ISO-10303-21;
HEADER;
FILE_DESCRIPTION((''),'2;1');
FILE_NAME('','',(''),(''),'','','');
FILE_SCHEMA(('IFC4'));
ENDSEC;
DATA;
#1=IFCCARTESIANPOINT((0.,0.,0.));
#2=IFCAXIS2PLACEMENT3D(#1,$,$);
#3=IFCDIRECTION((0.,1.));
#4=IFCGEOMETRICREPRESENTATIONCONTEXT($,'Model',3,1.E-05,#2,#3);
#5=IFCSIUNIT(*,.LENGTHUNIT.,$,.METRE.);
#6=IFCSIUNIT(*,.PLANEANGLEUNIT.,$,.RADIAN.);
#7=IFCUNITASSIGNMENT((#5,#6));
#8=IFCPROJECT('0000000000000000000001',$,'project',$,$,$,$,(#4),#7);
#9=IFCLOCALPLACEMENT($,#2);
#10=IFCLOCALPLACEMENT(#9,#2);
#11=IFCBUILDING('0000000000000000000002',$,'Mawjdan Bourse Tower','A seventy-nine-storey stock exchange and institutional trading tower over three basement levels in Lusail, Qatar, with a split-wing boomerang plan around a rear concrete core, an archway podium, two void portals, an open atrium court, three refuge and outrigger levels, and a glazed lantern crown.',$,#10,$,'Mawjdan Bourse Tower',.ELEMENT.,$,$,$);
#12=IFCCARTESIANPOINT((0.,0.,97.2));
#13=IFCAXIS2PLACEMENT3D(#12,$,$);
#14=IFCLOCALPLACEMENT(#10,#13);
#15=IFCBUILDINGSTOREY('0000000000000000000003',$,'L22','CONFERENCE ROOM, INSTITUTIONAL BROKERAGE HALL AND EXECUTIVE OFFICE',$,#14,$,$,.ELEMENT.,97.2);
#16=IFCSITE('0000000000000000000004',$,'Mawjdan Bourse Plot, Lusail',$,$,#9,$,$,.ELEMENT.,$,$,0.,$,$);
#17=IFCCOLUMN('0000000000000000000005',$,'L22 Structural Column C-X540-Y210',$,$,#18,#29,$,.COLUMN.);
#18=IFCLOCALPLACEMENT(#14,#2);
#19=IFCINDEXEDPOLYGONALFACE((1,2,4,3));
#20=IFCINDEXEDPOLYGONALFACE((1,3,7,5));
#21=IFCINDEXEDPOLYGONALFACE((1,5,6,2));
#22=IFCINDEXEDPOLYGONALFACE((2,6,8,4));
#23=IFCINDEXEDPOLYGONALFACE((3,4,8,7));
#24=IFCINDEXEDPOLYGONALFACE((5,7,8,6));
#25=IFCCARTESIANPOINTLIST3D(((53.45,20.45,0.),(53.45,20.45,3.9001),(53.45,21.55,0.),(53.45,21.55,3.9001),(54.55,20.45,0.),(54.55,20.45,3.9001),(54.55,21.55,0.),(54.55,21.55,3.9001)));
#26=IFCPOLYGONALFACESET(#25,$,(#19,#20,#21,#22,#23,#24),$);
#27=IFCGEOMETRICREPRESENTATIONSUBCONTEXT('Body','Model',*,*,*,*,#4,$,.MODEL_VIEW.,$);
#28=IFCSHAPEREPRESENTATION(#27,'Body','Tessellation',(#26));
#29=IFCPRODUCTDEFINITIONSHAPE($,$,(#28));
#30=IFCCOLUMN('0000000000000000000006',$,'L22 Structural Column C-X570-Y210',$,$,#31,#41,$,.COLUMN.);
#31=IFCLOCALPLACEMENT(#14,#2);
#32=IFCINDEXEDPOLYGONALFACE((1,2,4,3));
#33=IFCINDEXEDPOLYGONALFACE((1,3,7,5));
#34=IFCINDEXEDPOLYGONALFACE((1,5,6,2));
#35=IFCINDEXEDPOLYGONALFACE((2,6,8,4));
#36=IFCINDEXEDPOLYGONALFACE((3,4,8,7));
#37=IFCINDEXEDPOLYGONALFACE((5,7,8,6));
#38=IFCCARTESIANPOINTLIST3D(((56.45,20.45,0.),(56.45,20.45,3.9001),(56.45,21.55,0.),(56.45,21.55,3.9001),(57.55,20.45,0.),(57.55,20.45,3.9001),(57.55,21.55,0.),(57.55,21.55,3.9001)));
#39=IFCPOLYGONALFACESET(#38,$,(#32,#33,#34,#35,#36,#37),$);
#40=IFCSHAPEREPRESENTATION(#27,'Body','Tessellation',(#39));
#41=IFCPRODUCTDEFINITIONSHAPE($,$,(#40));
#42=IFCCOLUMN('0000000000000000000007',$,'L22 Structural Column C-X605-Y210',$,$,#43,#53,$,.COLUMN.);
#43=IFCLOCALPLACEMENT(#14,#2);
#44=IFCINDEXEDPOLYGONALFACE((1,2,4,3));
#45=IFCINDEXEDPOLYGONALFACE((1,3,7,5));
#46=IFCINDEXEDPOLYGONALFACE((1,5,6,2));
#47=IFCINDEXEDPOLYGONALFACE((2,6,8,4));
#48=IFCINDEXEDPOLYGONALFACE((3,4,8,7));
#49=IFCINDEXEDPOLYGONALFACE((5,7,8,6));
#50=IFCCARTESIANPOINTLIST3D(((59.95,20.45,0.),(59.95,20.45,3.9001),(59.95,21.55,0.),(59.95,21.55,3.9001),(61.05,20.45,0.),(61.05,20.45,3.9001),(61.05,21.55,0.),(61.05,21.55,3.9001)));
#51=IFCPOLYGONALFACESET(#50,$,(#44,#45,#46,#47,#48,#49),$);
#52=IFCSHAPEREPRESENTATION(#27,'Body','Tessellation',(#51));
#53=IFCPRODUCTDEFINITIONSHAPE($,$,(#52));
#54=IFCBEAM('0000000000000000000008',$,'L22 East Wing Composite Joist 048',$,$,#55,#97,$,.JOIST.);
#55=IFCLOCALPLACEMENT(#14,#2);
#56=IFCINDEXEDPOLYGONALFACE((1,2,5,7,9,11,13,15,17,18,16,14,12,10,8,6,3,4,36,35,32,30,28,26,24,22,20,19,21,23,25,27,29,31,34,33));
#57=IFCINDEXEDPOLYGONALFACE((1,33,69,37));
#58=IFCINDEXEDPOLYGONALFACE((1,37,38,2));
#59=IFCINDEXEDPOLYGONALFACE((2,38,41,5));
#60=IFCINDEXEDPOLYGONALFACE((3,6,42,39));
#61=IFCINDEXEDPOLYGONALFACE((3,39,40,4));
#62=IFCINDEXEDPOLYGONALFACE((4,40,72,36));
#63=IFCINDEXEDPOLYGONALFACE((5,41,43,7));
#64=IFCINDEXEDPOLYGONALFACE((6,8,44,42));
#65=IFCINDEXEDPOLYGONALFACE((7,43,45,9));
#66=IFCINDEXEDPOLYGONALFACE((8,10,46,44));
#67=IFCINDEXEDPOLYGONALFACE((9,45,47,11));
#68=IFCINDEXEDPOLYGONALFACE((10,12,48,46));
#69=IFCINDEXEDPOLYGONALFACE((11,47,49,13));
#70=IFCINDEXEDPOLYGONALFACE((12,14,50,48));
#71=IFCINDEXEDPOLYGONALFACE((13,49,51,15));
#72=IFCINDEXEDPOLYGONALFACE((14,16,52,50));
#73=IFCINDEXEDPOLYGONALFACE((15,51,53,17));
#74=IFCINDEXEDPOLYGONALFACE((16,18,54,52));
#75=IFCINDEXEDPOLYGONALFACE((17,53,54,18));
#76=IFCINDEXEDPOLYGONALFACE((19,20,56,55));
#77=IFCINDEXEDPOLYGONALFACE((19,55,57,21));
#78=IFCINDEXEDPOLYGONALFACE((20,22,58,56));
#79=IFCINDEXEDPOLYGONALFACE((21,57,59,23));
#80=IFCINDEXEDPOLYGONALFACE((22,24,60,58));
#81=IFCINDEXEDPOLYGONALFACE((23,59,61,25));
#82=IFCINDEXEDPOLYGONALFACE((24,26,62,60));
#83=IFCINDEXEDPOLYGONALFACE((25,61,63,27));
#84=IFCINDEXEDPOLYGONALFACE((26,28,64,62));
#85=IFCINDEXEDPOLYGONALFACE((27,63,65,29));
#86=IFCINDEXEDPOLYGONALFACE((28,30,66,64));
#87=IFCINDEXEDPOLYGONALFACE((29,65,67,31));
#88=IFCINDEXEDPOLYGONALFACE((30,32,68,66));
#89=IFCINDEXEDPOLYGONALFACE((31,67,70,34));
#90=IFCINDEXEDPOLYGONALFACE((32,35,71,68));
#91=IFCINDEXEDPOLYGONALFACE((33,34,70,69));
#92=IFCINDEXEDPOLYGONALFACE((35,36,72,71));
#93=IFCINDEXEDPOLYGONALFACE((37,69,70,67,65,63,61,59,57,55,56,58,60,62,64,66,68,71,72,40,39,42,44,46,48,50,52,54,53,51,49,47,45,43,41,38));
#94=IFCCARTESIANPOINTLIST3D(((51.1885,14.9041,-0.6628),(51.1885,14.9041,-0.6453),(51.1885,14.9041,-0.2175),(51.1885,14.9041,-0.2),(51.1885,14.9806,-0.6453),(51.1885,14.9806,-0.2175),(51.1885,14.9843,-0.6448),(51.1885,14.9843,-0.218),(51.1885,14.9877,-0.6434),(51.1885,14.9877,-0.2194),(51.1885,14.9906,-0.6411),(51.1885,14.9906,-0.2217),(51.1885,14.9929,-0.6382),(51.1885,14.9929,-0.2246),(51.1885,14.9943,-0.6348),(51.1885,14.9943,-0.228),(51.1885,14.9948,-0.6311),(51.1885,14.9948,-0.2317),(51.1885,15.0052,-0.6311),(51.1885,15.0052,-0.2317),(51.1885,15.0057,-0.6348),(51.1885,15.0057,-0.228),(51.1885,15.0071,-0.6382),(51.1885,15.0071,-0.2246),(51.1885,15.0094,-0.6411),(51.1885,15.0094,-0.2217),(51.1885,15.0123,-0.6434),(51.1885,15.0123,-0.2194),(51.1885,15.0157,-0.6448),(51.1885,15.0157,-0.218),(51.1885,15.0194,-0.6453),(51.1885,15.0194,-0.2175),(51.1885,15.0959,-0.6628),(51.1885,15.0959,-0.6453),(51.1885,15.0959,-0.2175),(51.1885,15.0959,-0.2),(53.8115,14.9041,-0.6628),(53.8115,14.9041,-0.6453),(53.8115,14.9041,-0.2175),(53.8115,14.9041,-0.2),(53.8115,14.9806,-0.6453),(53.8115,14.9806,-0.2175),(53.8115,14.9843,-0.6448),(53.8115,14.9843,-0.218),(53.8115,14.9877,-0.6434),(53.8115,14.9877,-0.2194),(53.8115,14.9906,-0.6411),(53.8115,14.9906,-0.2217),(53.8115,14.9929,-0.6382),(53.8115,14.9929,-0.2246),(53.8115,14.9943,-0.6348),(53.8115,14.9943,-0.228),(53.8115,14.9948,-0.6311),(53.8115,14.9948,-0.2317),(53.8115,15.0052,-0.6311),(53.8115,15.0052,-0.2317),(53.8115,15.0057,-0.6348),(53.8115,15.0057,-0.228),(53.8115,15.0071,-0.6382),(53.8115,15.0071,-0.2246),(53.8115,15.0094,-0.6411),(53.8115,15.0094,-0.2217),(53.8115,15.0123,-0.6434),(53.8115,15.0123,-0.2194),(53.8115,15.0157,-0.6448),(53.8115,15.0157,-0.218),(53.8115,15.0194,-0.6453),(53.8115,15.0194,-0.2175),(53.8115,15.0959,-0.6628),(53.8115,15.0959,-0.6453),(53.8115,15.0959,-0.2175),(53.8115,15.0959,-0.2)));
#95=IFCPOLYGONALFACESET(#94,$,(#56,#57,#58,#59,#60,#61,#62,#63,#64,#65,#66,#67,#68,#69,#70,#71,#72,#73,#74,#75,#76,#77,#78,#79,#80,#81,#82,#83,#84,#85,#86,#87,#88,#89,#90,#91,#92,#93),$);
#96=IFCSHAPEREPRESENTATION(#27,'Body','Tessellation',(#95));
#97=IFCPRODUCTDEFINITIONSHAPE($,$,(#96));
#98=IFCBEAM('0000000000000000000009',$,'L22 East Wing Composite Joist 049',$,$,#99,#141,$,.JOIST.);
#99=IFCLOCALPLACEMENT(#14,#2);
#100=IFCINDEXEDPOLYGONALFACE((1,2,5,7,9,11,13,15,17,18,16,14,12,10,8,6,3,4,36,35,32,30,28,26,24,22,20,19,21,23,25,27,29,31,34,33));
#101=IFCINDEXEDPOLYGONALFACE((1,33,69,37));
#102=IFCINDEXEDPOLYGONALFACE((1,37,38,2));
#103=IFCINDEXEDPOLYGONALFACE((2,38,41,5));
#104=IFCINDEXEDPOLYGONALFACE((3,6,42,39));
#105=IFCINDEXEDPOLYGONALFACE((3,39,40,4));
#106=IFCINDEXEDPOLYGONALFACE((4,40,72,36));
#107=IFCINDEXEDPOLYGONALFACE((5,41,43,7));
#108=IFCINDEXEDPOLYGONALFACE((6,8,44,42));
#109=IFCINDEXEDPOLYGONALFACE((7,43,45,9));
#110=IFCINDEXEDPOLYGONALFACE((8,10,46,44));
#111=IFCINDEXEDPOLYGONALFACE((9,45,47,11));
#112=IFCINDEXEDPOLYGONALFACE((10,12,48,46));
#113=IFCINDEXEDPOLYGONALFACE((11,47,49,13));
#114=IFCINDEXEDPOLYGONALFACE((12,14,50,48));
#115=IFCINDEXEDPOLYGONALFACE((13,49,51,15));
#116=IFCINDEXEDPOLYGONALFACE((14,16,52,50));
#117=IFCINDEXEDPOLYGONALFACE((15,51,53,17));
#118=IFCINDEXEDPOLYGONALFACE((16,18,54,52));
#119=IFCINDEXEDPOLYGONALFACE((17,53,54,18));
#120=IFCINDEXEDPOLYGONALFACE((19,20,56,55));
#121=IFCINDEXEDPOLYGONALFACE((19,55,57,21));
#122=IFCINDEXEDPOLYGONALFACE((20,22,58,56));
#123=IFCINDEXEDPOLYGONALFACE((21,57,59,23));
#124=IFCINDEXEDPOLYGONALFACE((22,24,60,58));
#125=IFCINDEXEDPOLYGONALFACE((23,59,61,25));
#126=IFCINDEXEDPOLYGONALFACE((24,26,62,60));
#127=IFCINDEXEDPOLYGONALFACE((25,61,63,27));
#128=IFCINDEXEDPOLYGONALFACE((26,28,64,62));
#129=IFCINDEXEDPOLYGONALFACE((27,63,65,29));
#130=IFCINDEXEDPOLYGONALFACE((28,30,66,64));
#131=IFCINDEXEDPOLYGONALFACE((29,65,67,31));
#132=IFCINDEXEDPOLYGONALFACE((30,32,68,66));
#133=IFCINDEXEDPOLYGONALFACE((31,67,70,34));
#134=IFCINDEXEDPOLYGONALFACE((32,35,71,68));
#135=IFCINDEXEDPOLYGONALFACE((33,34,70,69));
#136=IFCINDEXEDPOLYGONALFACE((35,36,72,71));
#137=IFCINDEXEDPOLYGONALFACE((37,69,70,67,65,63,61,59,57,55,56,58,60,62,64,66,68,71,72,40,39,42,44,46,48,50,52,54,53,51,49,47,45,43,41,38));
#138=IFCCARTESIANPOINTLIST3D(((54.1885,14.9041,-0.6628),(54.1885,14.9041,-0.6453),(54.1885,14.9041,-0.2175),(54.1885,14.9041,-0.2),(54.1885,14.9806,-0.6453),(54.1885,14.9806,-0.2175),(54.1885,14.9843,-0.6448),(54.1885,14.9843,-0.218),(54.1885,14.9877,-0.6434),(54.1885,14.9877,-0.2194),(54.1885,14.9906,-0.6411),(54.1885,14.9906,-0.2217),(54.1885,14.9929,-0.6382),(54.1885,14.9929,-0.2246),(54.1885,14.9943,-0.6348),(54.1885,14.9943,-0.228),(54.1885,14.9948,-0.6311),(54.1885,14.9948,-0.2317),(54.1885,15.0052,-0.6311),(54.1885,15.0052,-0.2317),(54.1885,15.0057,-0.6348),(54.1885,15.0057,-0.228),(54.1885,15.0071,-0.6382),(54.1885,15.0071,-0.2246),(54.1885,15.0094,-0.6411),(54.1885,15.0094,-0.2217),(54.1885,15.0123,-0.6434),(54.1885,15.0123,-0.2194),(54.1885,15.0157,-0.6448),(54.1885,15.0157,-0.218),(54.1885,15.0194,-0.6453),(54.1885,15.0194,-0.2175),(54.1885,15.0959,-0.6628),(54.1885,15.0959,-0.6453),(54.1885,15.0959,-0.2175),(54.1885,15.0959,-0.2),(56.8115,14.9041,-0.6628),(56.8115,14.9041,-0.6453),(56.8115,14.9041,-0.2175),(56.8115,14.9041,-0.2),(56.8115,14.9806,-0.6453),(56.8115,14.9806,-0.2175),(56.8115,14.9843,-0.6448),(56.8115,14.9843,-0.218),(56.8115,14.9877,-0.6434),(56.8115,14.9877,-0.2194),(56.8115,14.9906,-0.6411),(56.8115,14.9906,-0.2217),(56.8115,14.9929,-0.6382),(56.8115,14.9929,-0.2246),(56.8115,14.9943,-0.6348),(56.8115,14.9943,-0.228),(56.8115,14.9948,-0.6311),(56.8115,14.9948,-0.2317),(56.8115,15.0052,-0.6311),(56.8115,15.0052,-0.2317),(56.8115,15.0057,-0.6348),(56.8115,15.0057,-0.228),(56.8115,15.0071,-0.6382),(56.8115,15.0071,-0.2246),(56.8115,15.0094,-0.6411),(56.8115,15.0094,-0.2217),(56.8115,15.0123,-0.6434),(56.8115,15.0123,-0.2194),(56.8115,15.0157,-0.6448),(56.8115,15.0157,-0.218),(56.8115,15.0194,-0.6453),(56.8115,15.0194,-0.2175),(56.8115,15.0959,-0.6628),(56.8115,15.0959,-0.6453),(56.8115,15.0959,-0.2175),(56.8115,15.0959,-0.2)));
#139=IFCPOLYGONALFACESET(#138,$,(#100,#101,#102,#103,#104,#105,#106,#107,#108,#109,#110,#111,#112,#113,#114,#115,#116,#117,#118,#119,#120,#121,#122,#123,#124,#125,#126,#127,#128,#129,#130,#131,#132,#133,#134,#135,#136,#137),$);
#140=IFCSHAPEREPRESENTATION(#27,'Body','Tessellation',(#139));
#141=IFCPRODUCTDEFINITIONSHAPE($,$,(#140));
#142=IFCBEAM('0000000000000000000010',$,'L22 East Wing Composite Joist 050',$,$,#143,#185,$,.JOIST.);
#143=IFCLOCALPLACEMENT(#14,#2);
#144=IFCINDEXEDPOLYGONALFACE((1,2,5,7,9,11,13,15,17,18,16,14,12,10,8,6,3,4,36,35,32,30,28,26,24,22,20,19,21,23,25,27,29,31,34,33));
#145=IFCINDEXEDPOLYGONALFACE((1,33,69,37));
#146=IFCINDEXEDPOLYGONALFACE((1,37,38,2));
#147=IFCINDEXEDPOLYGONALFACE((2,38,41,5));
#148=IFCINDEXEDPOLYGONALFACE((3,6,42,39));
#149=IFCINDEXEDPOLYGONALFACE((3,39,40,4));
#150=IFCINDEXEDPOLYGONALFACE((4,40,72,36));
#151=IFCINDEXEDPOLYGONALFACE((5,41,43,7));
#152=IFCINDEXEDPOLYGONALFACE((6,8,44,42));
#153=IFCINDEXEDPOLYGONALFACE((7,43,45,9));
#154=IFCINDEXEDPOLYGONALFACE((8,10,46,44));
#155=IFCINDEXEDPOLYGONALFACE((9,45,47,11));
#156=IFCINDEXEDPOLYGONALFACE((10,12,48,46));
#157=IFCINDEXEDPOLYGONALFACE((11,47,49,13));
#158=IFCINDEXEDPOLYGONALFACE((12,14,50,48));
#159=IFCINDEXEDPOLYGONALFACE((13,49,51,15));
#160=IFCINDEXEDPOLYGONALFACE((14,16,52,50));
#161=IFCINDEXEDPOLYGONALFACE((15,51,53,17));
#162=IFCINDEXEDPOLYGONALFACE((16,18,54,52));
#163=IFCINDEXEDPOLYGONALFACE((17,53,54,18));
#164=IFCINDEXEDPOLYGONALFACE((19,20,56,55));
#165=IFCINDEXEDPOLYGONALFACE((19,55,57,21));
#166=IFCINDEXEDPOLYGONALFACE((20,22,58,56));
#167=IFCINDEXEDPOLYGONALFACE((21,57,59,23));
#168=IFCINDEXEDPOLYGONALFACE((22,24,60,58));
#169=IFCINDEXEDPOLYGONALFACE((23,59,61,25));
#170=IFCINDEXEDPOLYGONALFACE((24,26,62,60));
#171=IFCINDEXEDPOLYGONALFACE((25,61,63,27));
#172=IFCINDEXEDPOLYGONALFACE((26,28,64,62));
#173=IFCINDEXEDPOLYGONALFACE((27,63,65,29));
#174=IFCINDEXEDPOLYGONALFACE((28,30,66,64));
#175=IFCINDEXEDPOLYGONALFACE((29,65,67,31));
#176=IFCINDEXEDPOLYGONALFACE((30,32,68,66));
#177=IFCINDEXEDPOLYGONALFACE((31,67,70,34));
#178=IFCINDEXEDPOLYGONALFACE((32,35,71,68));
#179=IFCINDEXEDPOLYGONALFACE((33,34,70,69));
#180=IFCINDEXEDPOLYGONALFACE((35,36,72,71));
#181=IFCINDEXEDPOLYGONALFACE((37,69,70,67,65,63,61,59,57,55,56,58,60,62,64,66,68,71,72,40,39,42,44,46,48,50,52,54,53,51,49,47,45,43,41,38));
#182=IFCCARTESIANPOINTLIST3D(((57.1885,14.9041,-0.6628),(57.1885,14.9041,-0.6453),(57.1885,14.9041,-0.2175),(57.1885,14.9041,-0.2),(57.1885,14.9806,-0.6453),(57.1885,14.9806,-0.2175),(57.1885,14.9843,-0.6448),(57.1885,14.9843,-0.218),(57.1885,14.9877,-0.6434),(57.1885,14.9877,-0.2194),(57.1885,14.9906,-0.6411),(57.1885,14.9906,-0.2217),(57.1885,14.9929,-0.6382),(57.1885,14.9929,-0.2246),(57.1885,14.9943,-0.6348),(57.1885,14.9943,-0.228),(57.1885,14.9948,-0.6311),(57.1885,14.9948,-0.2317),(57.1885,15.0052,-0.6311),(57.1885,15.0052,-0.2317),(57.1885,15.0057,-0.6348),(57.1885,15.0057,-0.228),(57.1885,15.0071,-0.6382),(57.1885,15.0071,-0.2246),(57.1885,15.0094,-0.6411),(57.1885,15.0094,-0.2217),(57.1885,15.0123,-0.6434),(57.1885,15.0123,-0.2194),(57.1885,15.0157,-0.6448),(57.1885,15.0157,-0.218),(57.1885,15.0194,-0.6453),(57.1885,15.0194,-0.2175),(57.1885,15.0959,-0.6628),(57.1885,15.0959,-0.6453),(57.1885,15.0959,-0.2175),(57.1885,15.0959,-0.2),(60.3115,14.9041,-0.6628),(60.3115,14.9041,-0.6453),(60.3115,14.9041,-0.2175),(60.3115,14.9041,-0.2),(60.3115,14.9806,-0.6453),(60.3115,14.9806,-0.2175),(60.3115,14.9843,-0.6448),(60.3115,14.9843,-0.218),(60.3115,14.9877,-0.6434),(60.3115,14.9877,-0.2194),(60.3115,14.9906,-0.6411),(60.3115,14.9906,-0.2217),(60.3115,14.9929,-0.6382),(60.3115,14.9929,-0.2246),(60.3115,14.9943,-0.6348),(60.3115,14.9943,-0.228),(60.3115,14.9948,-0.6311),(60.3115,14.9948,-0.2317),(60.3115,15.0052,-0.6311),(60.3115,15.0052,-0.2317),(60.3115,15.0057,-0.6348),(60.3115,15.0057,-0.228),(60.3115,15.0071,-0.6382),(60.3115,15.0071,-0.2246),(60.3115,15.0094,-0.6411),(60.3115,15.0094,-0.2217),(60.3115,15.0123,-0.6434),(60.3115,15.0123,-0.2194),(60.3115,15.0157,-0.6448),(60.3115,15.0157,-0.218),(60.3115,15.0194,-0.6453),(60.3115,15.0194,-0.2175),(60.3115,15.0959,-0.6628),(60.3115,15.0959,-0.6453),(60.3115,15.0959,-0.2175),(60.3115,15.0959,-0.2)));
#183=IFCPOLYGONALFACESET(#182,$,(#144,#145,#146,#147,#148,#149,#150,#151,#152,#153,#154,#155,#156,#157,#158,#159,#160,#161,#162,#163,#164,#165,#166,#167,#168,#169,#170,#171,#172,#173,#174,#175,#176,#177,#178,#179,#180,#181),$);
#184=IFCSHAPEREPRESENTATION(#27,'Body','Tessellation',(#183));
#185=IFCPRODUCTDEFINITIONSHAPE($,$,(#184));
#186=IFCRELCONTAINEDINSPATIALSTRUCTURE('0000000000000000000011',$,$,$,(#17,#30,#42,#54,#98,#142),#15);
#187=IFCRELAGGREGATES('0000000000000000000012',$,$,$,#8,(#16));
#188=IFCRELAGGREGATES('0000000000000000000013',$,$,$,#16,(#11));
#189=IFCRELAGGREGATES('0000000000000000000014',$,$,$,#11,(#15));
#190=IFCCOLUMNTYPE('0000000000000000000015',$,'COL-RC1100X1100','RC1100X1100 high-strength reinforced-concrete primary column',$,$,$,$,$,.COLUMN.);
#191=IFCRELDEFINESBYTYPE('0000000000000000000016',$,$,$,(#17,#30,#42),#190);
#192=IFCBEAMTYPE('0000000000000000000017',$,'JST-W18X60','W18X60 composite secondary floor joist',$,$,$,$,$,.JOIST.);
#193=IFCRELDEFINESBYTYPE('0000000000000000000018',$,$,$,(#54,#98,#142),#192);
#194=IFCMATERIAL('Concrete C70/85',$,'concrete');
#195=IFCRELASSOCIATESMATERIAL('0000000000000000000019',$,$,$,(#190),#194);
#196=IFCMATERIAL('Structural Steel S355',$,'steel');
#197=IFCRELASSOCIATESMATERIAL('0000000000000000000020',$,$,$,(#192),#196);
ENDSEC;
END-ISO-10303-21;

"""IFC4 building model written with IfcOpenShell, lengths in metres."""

from ifc_helpers import new_model, si_unit, direction, frame, origin, origin_2d, place, context, subcontext, project, spatial, rectangle, i_section, extrude, material, material_profile, profile_set, type_object, element, save


model = new_model("IFC4")

# Units and contexts
model_context = context("Model", 3, precision=1e-05, world=origin(), true_north=direction((0.0, 1.0)))
body_context = subcontext(model_context, "Body", "Model", "MODEL_VIEW")
ifc_project = project(units=[si_unit("LENGTHUNIT", "METRE"), si_unit("PLANEANGLEUNIT", "RADIAN")], contexts=[model_context])

# Site, building, storey
site_placement = place(None, origin())
site = spatial("IfcSite", under=ifc_project, at=site_placement, Name="Mawjdan Bourse Plot, Lusail", CompositionType="ELEMENT", RefElevation=0.0)
building_placement = place(site_placement, origin())
building = spatial("IfcBuilding", under=site, at=building_placement, Name="Mawjdan Bourse Tower", Description="A seventy-nine-storey stock exchange and institutional trading tower over three basement levels in Lusail, Qatar, with a split-wing boomerang plan around a rear concrete core, an archway podium, two void portals, an open atrium court, three refuge and outrigger levels, and a glazed lantern crown.", LongName="Mawjdan Bourse Tower", CompositionType="ELEMENT")
storey_placement = place(building_placement, frame((0.0, 0.0, 97.2)))
storey = spatial("IfcBuildingStorey", under=building, at=storey_placement, Name="L22", Description="CONFERENCE ROOM, INSTITUTIONAL BROKERAGE HALL AND EXECUTIVE OFFICE", CompositionType="ELEMENT", Elevation=97.2)

# Columns
ifc_material_1 = material(Name="Concrete C70/85", Category="concrete")
ifc_material_profile_1 = material_profile(ifc_material_1, rectangle(XDim=1.1001, YDim=1.1001, at=origin_2d()), Name="RC1100X1100")
ifc_profile_set_1 = profile_set([ifc_material_profile_1], Name="Concrete C70/85")
column_type = type_object("IfcColumnType", Name="COL-RC1100X1100", Description="RC1100X1100 high-strength reinforced-concrete primary column", PredefinedType="COLUMN", material=ifc_profile_set_1)
for number, where, z_axis, x_axis, name in (
    (1, (54.0, 21.0, 0.0), (0.0, 0.0, 1.0), (1.0, 0.0, 0.0), "L22 Structural Column C-X540-Y210"),
    (2, (57.0, 21.0, 0.0), (0.0, 0.0, 1.0), (1.0, 0.0, 0.0), "L22 Structural Column C-X570-Y210"),
    (3, (60.5, 21.0, 0.0), (0.0, 0.0, 1.0), (1.0, 0.0, 0.0), "L22 Structural Column C-X605-Y210"),
):
    element("IfcColumn", number, at=place(storey_placement, frame(where, z_axis=z_axis, x_axis=x_axis)), inside=storey, type_object=column_type, Name=name, PredefinedType="COLUMN", context=body_context, shape_type="SweptSolid", body=[
        extrude(rectangle(XDim=1.1001, YDim=1.1001, at=origin_2d()), origin(), (0.0, 0.0, 1.0), 3.9001),
    ])

# Beams
ifc_material_2 = material(Name="Structural Steel S355", Category="steel")
ifc_material_profile_2 = material_profile(ifc_material_2, i_section(OverallWidth=0.1919, OverallDepth=0.4629, WebThickness=0.0105, FlangeThickness=0.0176, FilletRadius=0.0142, at=origin_2d()), Name="W18X60")
ifc_profile_set_2 = profile_set([ifc_material_profile_2], Name="Structural Steel S355")
beam_type_1 = type_object("IfcBeamType", Name="JST-W18X60", Description="W18X60 composite secondary floor joist", PredefinedType="JOIST", material=ifc_profile_set_2)
for number, where, z_axis, x_axis, name in (
    (4, (51.1885, 15.0, -0.4314), (1.0, 0.0, 0.0), (0.0, 1.0, 0.0), "L22 East Wing Composite Joist 048"),
    (5, (54.1885, 15.0, -0.4314), (1.0, 0.0, 0.0), (0.0, 1.0, 0.0), "L22 East Wing Composite Joist 049"),
):
    element("IfcBeam", number, at=place(storey_placement, frame(where, z_axis=z_axis, x_axis=x_axis)), inside=storey, type_object=beam_type_1, Name=name, PredefinedType="JOIST", context=body_context, shape_type="SweptSolid", body=[
        extrude(i_section(OverallWidth=0.1919, OverallDepth=0.4629, WebThickness=0.0105, FlangeThickness=0.0176, FilletRadius=0.0142, at=origin_2d()), origin(), (0.0, 0.0, 1.0), 2.623),
    ])
beam_1_placement = place(storey_placement, frame((57.1885, 15.0, -0.4314), z_axis=(1.0, 0.0, 0.0), x_axis=(0.0, 1.0, 0.0)))
element("IfcBeam", 6, at=beam_1_placement, inside=storey, type_object=beam_type_1, Name="L22 East Wing Composite Joist 050", PredefinedType="JOIST", context=body_context, shape_type="SweptSolid", body=[
    extrude(i_section(OverallWidth=0.1919, OverallDepth=0.4629, WebThickness=0.0105, FlangeThickness=0.0176, FilletRadius=0.0142, at=origin_2d()), origin(), (0.0, 0.0, 1.0), 3.123),
])

save(model, "model.ifc")
